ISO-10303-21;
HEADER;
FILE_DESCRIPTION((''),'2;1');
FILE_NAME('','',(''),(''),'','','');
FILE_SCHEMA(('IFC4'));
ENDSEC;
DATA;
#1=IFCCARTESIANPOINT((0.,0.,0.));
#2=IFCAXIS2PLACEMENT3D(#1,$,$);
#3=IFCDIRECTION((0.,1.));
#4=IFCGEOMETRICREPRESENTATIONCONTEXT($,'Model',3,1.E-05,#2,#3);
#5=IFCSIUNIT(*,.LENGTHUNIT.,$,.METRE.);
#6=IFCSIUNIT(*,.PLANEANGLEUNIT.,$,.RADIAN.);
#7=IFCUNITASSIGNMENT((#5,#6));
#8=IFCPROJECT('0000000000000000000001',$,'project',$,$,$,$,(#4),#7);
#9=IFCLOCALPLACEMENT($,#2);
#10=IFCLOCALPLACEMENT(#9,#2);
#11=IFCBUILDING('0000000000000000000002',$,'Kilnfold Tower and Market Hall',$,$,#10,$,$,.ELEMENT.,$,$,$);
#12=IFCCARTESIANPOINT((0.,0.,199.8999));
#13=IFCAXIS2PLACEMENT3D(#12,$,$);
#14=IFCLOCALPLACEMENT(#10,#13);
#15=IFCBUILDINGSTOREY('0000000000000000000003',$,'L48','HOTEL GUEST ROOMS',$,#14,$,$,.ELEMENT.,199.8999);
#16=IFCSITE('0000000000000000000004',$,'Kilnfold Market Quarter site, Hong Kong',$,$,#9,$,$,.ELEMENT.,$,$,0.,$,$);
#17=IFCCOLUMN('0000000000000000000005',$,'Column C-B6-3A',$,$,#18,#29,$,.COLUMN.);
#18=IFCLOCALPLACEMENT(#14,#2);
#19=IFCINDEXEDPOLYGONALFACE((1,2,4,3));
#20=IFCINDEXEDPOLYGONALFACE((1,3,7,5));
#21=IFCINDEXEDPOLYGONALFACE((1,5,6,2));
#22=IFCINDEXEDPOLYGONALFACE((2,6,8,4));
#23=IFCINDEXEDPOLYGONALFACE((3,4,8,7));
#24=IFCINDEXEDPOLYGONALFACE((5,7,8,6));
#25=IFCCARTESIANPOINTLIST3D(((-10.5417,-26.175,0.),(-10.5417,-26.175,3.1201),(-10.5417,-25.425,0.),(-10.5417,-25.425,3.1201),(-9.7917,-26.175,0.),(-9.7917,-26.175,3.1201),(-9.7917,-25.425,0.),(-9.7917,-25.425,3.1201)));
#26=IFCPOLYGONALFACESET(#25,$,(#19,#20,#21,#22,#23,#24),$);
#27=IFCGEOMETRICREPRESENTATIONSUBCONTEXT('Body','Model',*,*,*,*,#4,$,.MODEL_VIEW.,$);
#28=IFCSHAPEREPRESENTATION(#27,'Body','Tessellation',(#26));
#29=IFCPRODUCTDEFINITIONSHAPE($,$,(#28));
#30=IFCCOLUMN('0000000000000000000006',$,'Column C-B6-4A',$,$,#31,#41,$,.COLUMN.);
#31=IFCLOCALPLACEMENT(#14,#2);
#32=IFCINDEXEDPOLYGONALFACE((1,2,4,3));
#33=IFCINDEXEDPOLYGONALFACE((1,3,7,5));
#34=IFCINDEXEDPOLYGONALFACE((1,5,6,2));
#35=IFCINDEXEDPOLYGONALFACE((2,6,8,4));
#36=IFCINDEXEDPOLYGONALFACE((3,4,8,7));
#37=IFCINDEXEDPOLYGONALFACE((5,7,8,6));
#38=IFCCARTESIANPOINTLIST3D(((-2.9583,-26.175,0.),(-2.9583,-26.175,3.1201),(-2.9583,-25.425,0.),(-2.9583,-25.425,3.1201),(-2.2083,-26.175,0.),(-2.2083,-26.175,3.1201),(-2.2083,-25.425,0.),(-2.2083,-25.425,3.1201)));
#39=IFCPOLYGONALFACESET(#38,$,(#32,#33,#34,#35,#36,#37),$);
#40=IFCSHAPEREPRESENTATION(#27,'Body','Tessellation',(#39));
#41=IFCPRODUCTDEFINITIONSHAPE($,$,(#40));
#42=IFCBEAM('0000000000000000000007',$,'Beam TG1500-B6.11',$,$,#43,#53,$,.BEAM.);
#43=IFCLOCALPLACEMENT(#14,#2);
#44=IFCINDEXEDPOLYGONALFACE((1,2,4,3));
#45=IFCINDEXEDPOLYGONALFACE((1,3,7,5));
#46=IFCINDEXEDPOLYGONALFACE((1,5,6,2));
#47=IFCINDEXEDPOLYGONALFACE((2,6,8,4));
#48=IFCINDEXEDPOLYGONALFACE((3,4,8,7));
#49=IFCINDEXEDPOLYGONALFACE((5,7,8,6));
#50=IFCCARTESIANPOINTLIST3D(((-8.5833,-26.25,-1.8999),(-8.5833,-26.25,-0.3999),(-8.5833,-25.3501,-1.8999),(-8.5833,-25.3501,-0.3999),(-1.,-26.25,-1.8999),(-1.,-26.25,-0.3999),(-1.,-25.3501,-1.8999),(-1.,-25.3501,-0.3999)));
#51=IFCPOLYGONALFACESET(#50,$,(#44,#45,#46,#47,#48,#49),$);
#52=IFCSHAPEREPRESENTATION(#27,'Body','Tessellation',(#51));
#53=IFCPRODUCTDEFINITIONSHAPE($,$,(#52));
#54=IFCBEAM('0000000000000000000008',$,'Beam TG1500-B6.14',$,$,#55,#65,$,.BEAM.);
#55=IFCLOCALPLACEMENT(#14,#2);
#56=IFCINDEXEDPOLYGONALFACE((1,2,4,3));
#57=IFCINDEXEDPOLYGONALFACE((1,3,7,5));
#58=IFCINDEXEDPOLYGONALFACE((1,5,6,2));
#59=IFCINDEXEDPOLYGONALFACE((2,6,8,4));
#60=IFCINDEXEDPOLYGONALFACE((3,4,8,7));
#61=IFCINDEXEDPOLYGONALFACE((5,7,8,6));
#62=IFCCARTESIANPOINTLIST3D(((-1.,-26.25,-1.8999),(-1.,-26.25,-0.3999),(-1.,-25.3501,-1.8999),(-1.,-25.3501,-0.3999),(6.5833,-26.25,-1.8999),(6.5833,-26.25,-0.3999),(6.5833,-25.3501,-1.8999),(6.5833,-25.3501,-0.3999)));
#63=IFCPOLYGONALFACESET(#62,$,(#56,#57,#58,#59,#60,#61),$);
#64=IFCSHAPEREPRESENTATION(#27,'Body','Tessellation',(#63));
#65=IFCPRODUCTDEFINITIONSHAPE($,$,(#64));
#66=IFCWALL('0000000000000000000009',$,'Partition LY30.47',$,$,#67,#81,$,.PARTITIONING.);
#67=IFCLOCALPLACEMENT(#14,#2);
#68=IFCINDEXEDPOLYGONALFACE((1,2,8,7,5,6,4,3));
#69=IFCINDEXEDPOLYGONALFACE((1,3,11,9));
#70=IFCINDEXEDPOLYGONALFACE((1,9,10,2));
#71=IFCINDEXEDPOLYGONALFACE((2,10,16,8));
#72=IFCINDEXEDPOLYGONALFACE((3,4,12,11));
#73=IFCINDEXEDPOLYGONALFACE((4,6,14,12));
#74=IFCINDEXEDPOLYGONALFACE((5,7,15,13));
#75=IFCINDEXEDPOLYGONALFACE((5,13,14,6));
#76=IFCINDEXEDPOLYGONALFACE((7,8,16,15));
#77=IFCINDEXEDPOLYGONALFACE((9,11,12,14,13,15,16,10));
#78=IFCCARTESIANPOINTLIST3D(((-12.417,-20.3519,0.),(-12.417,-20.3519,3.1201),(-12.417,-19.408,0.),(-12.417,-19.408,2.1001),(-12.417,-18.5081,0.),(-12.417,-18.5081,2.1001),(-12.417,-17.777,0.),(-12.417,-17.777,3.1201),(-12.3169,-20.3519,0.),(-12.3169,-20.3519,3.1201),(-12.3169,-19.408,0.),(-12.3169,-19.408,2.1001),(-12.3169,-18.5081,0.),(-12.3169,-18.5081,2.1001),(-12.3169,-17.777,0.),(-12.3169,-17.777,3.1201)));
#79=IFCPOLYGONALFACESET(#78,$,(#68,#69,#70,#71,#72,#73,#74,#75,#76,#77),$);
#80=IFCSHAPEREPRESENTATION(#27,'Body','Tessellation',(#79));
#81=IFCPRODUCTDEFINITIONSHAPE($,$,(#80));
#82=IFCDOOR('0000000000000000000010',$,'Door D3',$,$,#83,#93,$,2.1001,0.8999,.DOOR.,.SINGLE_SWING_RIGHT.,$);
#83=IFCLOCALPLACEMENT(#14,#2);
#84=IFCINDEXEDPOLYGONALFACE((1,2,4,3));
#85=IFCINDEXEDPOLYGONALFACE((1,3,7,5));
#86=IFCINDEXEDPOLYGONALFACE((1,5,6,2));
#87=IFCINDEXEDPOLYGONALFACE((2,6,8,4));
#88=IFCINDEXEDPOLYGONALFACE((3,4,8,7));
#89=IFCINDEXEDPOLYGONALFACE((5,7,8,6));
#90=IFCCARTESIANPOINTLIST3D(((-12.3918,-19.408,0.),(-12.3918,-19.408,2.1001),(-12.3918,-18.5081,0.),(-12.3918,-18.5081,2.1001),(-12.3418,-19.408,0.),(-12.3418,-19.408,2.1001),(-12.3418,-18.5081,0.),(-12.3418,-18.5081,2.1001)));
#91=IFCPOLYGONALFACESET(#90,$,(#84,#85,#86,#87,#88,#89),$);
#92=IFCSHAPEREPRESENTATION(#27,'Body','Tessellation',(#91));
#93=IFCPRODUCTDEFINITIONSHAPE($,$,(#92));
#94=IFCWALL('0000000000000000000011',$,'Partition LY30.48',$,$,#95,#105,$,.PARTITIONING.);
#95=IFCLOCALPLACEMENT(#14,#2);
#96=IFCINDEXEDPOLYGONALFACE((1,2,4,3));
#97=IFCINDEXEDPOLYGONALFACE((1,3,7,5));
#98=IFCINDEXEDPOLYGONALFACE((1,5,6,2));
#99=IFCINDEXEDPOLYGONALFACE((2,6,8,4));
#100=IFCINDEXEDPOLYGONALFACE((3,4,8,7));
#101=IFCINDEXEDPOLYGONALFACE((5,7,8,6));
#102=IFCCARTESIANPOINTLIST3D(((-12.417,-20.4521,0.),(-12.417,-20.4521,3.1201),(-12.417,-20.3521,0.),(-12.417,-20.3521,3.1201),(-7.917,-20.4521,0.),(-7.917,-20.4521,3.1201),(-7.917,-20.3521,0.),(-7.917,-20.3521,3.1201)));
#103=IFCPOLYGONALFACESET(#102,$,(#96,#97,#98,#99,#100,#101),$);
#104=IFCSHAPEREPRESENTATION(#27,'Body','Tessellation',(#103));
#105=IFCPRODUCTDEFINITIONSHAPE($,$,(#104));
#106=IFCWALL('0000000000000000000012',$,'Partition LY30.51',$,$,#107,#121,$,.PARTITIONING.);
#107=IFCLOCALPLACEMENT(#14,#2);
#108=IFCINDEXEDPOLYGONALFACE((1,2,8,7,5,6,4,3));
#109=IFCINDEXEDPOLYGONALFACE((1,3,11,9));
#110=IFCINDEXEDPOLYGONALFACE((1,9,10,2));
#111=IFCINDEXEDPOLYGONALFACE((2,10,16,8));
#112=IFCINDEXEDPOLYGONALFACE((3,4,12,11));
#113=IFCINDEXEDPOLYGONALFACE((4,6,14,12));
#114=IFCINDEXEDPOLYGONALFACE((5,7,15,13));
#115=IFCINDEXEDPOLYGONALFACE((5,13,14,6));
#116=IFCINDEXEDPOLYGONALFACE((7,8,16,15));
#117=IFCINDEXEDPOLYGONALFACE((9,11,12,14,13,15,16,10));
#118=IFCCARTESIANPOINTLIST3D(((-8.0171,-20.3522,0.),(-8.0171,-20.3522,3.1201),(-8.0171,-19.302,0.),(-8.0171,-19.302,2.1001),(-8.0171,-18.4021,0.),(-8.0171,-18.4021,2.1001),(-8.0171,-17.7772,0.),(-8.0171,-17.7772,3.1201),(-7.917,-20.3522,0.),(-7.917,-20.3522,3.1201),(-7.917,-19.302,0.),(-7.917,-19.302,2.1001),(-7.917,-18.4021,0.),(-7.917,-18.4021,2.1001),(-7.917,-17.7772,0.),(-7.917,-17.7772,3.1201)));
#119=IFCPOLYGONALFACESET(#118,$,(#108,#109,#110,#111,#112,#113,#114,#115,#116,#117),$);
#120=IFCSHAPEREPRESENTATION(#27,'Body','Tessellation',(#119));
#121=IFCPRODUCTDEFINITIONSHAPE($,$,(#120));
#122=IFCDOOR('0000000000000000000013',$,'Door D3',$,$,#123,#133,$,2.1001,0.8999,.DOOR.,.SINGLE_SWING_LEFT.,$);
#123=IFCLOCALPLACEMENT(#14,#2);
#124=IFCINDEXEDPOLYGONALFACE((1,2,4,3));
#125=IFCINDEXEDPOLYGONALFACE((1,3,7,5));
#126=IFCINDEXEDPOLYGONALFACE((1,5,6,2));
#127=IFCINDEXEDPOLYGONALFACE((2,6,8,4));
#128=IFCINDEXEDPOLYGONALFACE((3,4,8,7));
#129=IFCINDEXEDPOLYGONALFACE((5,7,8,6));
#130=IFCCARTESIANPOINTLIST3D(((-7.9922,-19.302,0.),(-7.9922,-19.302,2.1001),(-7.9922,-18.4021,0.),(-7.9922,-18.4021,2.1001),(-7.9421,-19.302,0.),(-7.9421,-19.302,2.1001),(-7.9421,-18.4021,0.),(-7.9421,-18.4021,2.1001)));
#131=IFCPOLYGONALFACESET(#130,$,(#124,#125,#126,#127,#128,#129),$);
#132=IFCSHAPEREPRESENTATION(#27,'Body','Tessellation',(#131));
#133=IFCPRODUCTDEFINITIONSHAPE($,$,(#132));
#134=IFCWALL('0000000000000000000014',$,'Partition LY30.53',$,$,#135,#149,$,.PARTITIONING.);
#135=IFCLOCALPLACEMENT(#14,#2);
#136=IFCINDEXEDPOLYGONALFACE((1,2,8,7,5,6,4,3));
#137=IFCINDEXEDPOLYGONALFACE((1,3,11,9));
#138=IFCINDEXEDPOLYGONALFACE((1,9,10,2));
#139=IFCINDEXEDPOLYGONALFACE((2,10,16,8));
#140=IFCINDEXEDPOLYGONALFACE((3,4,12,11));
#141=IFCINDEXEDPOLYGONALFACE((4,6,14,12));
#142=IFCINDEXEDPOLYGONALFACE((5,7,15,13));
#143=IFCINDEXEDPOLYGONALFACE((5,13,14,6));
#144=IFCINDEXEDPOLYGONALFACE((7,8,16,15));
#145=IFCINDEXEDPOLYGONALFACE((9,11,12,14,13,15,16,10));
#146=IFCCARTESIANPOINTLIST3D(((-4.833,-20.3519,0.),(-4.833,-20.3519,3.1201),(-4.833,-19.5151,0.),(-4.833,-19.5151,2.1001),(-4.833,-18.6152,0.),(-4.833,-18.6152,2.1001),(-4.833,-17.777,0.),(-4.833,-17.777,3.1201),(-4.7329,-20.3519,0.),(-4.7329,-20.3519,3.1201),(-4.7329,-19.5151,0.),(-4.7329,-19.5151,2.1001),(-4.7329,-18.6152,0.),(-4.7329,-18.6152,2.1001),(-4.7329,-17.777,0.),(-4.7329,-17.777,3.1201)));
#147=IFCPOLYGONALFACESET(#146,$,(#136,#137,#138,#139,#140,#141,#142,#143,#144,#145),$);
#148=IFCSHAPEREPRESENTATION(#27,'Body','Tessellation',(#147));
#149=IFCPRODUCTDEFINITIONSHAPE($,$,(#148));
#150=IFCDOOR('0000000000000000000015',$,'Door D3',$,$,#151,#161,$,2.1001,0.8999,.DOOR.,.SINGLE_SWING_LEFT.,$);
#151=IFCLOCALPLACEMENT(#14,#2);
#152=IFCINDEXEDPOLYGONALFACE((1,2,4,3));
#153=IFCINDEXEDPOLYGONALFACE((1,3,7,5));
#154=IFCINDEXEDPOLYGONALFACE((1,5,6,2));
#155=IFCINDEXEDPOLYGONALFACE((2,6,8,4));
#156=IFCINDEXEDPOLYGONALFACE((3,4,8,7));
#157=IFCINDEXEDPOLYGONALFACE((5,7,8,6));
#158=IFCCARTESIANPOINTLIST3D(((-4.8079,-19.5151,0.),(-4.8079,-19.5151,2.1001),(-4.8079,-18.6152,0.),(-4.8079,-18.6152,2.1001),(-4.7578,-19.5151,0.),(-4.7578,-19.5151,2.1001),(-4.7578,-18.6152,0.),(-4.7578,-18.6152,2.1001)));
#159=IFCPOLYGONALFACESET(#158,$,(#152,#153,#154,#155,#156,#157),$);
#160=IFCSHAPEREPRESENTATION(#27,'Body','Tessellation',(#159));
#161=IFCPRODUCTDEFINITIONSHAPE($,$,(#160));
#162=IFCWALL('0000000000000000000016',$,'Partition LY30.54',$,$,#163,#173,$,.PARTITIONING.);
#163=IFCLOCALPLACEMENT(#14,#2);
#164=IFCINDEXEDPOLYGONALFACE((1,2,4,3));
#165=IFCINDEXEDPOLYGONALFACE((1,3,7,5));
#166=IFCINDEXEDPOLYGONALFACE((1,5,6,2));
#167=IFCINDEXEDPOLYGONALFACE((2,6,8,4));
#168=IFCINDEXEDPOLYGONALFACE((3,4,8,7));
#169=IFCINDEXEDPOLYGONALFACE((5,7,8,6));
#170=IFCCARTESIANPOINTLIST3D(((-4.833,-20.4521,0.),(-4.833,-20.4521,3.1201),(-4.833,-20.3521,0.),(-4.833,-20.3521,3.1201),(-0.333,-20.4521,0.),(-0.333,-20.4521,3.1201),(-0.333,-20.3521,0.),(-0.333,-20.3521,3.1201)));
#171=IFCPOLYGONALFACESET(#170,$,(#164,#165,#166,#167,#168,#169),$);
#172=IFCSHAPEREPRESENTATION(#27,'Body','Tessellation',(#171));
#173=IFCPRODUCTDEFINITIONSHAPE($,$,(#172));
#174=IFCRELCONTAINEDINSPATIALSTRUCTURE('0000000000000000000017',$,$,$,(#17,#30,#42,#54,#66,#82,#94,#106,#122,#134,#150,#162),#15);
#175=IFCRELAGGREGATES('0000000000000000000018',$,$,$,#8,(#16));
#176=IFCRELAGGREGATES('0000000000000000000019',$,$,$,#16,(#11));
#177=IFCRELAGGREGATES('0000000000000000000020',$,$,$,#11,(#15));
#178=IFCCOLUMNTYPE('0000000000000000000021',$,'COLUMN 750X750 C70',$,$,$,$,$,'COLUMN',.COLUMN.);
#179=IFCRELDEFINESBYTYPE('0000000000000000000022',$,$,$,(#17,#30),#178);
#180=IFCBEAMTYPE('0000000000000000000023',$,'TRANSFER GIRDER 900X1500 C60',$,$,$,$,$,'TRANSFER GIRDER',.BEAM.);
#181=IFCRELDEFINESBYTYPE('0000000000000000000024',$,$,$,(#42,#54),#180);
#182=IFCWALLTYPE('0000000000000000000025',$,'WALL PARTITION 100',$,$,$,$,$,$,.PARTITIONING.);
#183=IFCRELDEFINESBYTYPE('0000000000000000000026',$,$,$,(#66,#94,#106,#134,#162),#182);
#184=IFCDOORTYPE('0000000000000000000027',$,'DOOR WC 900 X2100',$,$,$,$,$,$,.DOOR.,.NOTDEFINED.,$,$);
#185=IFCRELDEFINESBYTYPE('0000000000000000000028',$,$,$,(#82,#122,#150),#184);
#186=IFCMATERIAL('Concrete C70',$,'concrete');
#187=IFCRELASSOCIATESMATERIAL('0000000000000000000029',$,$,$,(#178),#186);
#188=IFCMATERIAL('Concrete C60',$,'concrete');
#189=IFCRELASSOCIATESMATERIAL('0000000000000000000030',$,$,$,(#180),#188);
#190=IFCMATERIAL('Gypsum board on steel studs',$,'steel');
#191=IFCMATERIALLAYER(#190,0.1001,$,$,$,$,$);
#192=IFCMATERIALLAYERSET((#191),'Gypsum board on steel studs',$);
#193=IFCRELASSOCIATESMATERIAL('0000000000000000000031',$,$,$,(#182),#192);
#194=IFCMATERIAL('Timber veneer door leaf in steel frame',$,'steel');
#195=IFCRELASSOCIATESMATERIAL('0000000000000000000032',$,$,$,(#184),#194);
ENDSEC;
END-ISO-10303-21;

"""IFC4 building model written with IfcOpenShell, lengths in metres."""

from ifc_helpers import new_model, si_unit, direction, frame, frame_2d, origin, origin_2d, place, context, subcontext, project, spatial, rectangle, extrude, source, transform, mapped, material, layer, layer_set, material_profile, profile_set, type_object, element, fill, save


model = new_model("IFC4")

# Units and contexts
model_context = context("Model", 3, precision=1e-05, world=origin(), true_north=direction((0.0, 1.0)))
body_context = subcontext(model_context, "Body", "Model", "MODEL_VIEW")
ifc_project = project(units=[si_unit("LENGTHUNIT", "METRE"), si_unit("PLANEANGLEUNIT", "RADIAN")], contexts=[model_context])

# Site, building, storey
site_placement = place(None, origin())
site = spatial("IfcSite", under=ifc_project, at=site_placement, Name="Kilnfold Market Quarter site, Hong Kong", CompositionType="ELEMENT", RefElevation=0.0)
building_placement = place(site_placement, origin())
building = spatial("IfcBuilding", under=site, at=building_placement, Name="Kilnfold Tower and Market Hall", CompositionType="ELEMENT")
storey_placement = place(building_placement, frame((0.0, 0.0, 199.8999)))
storey = spatial("IfcBuildingStorey", under=building, at=storey_placement, Name="L48", Description="HOTEL GUEST ROOMS", CompositionType="ELEMENT", Elevation=199.8999)

# Columns
ifc_material_1 = material(Name="Concrete C70", Category="concrete")
ifc_material_profile_1 = material_profile(ifc_material_1, rectangle(XDim=0.75, YDim=0.75, at=origin_2d()), Name="RC 750x750")
ifc_profile_set_1 = profile_set([ifc_material_profile_1], Name="Concrete C70")
column_type = type_object("IfcColumnType", Name="COLUMN 750X750 C70", ElementType="COLUMN", PredefinedType="COLUMN", material=ifc_profile_set_1)
shared_shape_1 = source(origin(), body_context, "Body", "SweptSolid", [
    extrude(rectangle(XDim=0.75, YDim=0.75, at=origin_2d()), origin(), (0.0, 0.0, 1.0), 3.1201),
])
for number, where, z_axis, x_axis, name in (
    (1, (-10.1667, -25.8, 0.0), (0.0, 0.0, 1.0), (1.0, 0.0, 0.0), "Column C-B6-3A"),
    (2, (-2.5833, -25.8, 0.0), (0.0, 0.0, 1.0), (1.0, 0.0, 0.0), "Column C-B6-4A"),
):
    element("IfcColumn", number, at=place(storey_placement, frame(where, z_axis=z_axis, x_axis=x_axis)), inside=storey, type_object=column_type, Name=name, PredefinedType="COLUMN", context=body_context, shape_type="MappedRepresentation", body=[
        mapped(shared_shape_1, transform((0.0, 0.0, 0.0))),
    ])

# Beams
ifc_material_2 = material(Name="Concrete C60", Category="concrete")
ifc_material_profile_2 = material_profile(ifc_material_2, rectangle(XDim=0.8999, YDim=1.5, at=origin_2d()), Name="RC 900x1500")
ifc_profile_set_2 = profile_set([ifc_material_profile_2], Name="Concrete C60")
beam_type = type_object("IfcBeamType", Name="TRANSFER GIRDER 900X1500 C60", ElementType="TRANSFER GIRDER", PredefinedType="BEAM", material=ifc_profile_set_2)
shared_shape_2 = source(origin(), body_context, "Body", "SweptSolid", [
    extrude(rectangle(XDim=0.8999, YDim=1.5, at=origin_2d()), origin(), (0.0, 0.0, 1.0), 7.5833),
])
for number, where, z_axis, x_axis, name in (
    (3, (-8.5833, -25.8, -1.1499), (1.0, 0.0, 0.0), (0.0, 1.0, 0.0), "Beam TG1500-B6.11"),
    (4, (-1.0, -25.8, -1.1499), (1.0, 0.0, 0.0), (0.0, 1.0, 0.0), "Beam TG1500-B6.14"),
):
    element("IfcBeam", number, at=place(storey_placement, frame(where, z_axis=z_axis, x_axis=x_axis)), inside=storey, type_object=beam_type, Name=name, PredefinedType="BEAM", context=body_context, shape_type="MappedRepresentation", body=[
        mapped(shared_shape_2, transform((0.0, 0.0, 0.0))),
    ])

# Wall, opening, door
ifc_material_3 = material(Name="Gypsum board on steel studs", Category="steel")
ifc_layer_1 = layer(ifc_material_3, 0.1001)
ifc_layer_set_1 = layer_set([ifc_layer_1], Name="Gypsum board on steel studs")
wall_type_1 = type_object("IfcWallType", Name="WALL PARTITION 100", PredefinedType="PARTITIONING", material=ifc_layer_set_1)
wall_1_placement = place(storey_placement, frame((-12.3669, -20.3521, 0.0), z_axis=(0.0, 0.0, 1.0), x_axis=(0.0, 1.0, 0.0)))
wall_1 = element("IfcWall", 5, at=wall_1_placement, inside=storey, type_object=wall_type_1, Name="Partition LY30.47", PredefinedType="PARTITIONING", context=body_context, shape_type="SweptSolid", body=[
    extrude(rectangle(XDim=2.575, YDim=0.1001, at=frame_2d((1.2876, 0.0))), origin(), (0.0, 0.0, 1.0), 3.1201),
])
opening_1_placement = place(wall_1_placement, frame((0.9441, 0.0, 0.0)))
opening_1 = element("IfcOpeningElement", 6, at=opening_1_placement, cuts=wall_1, PredefinedType="OPENING", context=body_context, shape_type="SweptSolid", body=[
    extrude(rectangle(XDim=0.8999, YDim=2.1001, at=frame_2d((0.45, 1.05))), frame((0.0, 0.0601, 0.0), z_axis=(0.0, -1.0, 0.0), x_axis=(1.0, 0.0, 0.0)), (0.0, 0.0, 1.0), 0.1201),
])
ifc_material_4 = material(Name="Timber veneer door leaf in steel frame", Category="steel")
door_type = type_object("IfcDoorType", Name="DOOR WC 900 X2100", OperationType="NOTDEFINED", PredefinedType="DOOR", material=ifc_material_4)
door_1_placement = place(opening_1_placement, origin())
door_1 = element("IfcDoor", 7, at=door_1_placement, inside=storey, type_object=door_type, Name="Door D3", OperationType="SINGLE_SWING_RIGHT", OverallHeight=2.1001, OverallWidth=0.8999, PredefinedType="DOOR", context=body_context, shape_type="SweptSolid", body=[
    extrude(rectangle(XDim=0.8999, YDim=2.1001, at=frame_2d((0.45, 1.05))), frame((0.0, 0.0249, 0.0), z_axis=(0.0, -1.0, 0.0), x_axis=(1.0, 0.0, 0.0)), (0.0, 0.0, 1.0), 0.05),
])
fill(opening_1, door_1)

# Wall
wall_2_placement = place(storey_placement, frame((-12.417, -20.4021, 0.0), z_axis=(0.0, 0.0, 1.0), x_axis=(1.0, 0.0, 0.0)))
element("IfcWall", 8, at=wall_2_placement, inside=storey, type_object=wall_type_1, Name="Partition LY30.48", PredefinedType="PARTITIONING", context=body_context, shape_type="SweptSolid", body=[
    extrude(rectangle(XDim=4.5, YDim=0.1001, at=frame_2d((2.25, 0.0))), origin(), (0.0, 0.0, 1.0), 3.1201),
])

# Walls, openings, doors
wall_3_placement = place(storey_placement, frame((-7.967, -17.7771, 0.0), z_axis=(0.0, 0.0, 1.0), x_axis=(0.0, -1.0, 0.0)))
wall_3 = element("IfcWall", 9, at=wall_3_placement, inside=storey, type_object=wall_type_1, Name="Partition LY30.51", PredefinedType="PARTITIONING", context=body_context, shape_type="SweptSolid", body=[
    extrude(rectangle(XDim=2.575, YDim=0.1001, at=frame_2d((1.2876, 0.0))), origin(), (0.0, 0.0, 1.0), 3.1201),
])
opening_2_placement = place(wall_3_placement, frame((0.625, 0.0, 0.0)))
opening_2 = element("IfcOpeningElement", 10, at=opening_2_placement, cuts=wall_3, PredefinedType="OPENING", context=body_context, shape_type="SweptSolid", body=[
    extrude(rectangle(XDim=0.8999, YDim=2.1001, at=frame_2d((0.45, 1.05))), frame((0.0, 0.0601, 0.0), z_axis=(0.0, -1.0, 0.0), x_axis=(1.0, 0.0, 0.0)), (0.0, 0.0, 1.0), 0.1201),
])
door_2_placement = place(opening_2_placement, origin())
door_2 = element("IfcDoor", 11, at=door_2_placement, inside=storey, type_object=door_type, Name="Door D3", OperationType="SINGLE_SWING_LEFT", OverallHeight=2.1001, OverallWidth=0.8999, PredefinedType="DOOR", context=body_context, shape_type="SweptSolid", body=[
    extrude(rectangle(XDim=0.8999, YDim=2.1001, at=frame_2d((0.45, 1.05))), frame((0.0, 0.0249, 0.0), z_axis=(0.0, -1.0, 0.0), x_axis=(1.0, 0.0, 0.0)), (0.0, 0.0, 1.0), 0.05),
])
fill(opening_2, door_2)
wall_4_placement = place(storey_placement, frame((-4.783, -20.3521, 0.0), z_axis=(0.0, 0.0, 1.0), x_axis=(0.0, 1.0, 0.0)))
wall_4 = element("IfcWall", 12, at=wall_4_placement, inside=storey, type_object=wall_type_1, Name="Partition LY30.53", PredefinedType="PARTITIONING", context=body_context, shape_type="SweptSolid", body=[
    extrude(rectangle(XDim=2.575, YDim=0.1001, at=frame_2d((1.2876, 0.0))), origin(), (0.0, 0.0, 1.0), 3.1201),
])
opening_3_placement = place(wall_4_placement, frame((0.8369, 0.0, 0.0)))
opening_3 = element("IfcOpeningElement", 13, at=opening_3_placement, cuts=wall_4, PredefinedType="OPENING", context=body_context, shape_type="SweptSolid", body=[
    extrude(rectangle(XDim=0.8999, YDim=2.1001, at=frame_2d((0.45, 1.05))), frame((0.0, 0.0601, 0.0), z_axis=(0.0, -1.0, 0.0), x_axis=(1.0, 0.0, 0.0)), (0.0, 0.0, 1.0), 0.1201),
])
door_3_placement = place(opening_3_placement, origin())
door_3 = element("IfcDoor", 14, at=door_3_placement, inside=storey, type_object=door_type, Name="Door D3", OperationType="SINGLE_SWING_LEFT", OverallHeight=2.1001, OverallWidth=0.8999, PredefinedType="DOOR", context=body_context, shape_type="SweptSolid", body=[
    extrude(rectangle(XDim=0.8999, YDim=2.1001, at=frame_2d((0.45, 1.05))), frame((0.0, 0.0249, 0.0), z_axis=(0.0, -1.0, 0.0), x_axis=(1.0, 0.0, 0.0)), (0.0, 0.0, 1.0), 0.05),
])
fill(opening_3, door_3)

# Wall
wall_5_placement = place(storey_placement, frame((-4.833, -20.4021, 0.0), z_axis=(0.0, 0.0, 1.0), x_axis=(1.0, 0.0, 0.0)))
element("IfcWall", 15, at=wall_5_placement, inside=storey, type_object=wall_type_1, Name="Partition LY30.54", PredefinedType="PARTITIONING", context=body_context, shape_type="SweptSolid", body=[
    extrude(rectangle(XDim=4.5, YDim=0.1001, at=frame_2d((2.25, 0.0))), origin(), (0.0, 0.0, 1.0), 3.1201),
])

save(model, "model.ifc")
